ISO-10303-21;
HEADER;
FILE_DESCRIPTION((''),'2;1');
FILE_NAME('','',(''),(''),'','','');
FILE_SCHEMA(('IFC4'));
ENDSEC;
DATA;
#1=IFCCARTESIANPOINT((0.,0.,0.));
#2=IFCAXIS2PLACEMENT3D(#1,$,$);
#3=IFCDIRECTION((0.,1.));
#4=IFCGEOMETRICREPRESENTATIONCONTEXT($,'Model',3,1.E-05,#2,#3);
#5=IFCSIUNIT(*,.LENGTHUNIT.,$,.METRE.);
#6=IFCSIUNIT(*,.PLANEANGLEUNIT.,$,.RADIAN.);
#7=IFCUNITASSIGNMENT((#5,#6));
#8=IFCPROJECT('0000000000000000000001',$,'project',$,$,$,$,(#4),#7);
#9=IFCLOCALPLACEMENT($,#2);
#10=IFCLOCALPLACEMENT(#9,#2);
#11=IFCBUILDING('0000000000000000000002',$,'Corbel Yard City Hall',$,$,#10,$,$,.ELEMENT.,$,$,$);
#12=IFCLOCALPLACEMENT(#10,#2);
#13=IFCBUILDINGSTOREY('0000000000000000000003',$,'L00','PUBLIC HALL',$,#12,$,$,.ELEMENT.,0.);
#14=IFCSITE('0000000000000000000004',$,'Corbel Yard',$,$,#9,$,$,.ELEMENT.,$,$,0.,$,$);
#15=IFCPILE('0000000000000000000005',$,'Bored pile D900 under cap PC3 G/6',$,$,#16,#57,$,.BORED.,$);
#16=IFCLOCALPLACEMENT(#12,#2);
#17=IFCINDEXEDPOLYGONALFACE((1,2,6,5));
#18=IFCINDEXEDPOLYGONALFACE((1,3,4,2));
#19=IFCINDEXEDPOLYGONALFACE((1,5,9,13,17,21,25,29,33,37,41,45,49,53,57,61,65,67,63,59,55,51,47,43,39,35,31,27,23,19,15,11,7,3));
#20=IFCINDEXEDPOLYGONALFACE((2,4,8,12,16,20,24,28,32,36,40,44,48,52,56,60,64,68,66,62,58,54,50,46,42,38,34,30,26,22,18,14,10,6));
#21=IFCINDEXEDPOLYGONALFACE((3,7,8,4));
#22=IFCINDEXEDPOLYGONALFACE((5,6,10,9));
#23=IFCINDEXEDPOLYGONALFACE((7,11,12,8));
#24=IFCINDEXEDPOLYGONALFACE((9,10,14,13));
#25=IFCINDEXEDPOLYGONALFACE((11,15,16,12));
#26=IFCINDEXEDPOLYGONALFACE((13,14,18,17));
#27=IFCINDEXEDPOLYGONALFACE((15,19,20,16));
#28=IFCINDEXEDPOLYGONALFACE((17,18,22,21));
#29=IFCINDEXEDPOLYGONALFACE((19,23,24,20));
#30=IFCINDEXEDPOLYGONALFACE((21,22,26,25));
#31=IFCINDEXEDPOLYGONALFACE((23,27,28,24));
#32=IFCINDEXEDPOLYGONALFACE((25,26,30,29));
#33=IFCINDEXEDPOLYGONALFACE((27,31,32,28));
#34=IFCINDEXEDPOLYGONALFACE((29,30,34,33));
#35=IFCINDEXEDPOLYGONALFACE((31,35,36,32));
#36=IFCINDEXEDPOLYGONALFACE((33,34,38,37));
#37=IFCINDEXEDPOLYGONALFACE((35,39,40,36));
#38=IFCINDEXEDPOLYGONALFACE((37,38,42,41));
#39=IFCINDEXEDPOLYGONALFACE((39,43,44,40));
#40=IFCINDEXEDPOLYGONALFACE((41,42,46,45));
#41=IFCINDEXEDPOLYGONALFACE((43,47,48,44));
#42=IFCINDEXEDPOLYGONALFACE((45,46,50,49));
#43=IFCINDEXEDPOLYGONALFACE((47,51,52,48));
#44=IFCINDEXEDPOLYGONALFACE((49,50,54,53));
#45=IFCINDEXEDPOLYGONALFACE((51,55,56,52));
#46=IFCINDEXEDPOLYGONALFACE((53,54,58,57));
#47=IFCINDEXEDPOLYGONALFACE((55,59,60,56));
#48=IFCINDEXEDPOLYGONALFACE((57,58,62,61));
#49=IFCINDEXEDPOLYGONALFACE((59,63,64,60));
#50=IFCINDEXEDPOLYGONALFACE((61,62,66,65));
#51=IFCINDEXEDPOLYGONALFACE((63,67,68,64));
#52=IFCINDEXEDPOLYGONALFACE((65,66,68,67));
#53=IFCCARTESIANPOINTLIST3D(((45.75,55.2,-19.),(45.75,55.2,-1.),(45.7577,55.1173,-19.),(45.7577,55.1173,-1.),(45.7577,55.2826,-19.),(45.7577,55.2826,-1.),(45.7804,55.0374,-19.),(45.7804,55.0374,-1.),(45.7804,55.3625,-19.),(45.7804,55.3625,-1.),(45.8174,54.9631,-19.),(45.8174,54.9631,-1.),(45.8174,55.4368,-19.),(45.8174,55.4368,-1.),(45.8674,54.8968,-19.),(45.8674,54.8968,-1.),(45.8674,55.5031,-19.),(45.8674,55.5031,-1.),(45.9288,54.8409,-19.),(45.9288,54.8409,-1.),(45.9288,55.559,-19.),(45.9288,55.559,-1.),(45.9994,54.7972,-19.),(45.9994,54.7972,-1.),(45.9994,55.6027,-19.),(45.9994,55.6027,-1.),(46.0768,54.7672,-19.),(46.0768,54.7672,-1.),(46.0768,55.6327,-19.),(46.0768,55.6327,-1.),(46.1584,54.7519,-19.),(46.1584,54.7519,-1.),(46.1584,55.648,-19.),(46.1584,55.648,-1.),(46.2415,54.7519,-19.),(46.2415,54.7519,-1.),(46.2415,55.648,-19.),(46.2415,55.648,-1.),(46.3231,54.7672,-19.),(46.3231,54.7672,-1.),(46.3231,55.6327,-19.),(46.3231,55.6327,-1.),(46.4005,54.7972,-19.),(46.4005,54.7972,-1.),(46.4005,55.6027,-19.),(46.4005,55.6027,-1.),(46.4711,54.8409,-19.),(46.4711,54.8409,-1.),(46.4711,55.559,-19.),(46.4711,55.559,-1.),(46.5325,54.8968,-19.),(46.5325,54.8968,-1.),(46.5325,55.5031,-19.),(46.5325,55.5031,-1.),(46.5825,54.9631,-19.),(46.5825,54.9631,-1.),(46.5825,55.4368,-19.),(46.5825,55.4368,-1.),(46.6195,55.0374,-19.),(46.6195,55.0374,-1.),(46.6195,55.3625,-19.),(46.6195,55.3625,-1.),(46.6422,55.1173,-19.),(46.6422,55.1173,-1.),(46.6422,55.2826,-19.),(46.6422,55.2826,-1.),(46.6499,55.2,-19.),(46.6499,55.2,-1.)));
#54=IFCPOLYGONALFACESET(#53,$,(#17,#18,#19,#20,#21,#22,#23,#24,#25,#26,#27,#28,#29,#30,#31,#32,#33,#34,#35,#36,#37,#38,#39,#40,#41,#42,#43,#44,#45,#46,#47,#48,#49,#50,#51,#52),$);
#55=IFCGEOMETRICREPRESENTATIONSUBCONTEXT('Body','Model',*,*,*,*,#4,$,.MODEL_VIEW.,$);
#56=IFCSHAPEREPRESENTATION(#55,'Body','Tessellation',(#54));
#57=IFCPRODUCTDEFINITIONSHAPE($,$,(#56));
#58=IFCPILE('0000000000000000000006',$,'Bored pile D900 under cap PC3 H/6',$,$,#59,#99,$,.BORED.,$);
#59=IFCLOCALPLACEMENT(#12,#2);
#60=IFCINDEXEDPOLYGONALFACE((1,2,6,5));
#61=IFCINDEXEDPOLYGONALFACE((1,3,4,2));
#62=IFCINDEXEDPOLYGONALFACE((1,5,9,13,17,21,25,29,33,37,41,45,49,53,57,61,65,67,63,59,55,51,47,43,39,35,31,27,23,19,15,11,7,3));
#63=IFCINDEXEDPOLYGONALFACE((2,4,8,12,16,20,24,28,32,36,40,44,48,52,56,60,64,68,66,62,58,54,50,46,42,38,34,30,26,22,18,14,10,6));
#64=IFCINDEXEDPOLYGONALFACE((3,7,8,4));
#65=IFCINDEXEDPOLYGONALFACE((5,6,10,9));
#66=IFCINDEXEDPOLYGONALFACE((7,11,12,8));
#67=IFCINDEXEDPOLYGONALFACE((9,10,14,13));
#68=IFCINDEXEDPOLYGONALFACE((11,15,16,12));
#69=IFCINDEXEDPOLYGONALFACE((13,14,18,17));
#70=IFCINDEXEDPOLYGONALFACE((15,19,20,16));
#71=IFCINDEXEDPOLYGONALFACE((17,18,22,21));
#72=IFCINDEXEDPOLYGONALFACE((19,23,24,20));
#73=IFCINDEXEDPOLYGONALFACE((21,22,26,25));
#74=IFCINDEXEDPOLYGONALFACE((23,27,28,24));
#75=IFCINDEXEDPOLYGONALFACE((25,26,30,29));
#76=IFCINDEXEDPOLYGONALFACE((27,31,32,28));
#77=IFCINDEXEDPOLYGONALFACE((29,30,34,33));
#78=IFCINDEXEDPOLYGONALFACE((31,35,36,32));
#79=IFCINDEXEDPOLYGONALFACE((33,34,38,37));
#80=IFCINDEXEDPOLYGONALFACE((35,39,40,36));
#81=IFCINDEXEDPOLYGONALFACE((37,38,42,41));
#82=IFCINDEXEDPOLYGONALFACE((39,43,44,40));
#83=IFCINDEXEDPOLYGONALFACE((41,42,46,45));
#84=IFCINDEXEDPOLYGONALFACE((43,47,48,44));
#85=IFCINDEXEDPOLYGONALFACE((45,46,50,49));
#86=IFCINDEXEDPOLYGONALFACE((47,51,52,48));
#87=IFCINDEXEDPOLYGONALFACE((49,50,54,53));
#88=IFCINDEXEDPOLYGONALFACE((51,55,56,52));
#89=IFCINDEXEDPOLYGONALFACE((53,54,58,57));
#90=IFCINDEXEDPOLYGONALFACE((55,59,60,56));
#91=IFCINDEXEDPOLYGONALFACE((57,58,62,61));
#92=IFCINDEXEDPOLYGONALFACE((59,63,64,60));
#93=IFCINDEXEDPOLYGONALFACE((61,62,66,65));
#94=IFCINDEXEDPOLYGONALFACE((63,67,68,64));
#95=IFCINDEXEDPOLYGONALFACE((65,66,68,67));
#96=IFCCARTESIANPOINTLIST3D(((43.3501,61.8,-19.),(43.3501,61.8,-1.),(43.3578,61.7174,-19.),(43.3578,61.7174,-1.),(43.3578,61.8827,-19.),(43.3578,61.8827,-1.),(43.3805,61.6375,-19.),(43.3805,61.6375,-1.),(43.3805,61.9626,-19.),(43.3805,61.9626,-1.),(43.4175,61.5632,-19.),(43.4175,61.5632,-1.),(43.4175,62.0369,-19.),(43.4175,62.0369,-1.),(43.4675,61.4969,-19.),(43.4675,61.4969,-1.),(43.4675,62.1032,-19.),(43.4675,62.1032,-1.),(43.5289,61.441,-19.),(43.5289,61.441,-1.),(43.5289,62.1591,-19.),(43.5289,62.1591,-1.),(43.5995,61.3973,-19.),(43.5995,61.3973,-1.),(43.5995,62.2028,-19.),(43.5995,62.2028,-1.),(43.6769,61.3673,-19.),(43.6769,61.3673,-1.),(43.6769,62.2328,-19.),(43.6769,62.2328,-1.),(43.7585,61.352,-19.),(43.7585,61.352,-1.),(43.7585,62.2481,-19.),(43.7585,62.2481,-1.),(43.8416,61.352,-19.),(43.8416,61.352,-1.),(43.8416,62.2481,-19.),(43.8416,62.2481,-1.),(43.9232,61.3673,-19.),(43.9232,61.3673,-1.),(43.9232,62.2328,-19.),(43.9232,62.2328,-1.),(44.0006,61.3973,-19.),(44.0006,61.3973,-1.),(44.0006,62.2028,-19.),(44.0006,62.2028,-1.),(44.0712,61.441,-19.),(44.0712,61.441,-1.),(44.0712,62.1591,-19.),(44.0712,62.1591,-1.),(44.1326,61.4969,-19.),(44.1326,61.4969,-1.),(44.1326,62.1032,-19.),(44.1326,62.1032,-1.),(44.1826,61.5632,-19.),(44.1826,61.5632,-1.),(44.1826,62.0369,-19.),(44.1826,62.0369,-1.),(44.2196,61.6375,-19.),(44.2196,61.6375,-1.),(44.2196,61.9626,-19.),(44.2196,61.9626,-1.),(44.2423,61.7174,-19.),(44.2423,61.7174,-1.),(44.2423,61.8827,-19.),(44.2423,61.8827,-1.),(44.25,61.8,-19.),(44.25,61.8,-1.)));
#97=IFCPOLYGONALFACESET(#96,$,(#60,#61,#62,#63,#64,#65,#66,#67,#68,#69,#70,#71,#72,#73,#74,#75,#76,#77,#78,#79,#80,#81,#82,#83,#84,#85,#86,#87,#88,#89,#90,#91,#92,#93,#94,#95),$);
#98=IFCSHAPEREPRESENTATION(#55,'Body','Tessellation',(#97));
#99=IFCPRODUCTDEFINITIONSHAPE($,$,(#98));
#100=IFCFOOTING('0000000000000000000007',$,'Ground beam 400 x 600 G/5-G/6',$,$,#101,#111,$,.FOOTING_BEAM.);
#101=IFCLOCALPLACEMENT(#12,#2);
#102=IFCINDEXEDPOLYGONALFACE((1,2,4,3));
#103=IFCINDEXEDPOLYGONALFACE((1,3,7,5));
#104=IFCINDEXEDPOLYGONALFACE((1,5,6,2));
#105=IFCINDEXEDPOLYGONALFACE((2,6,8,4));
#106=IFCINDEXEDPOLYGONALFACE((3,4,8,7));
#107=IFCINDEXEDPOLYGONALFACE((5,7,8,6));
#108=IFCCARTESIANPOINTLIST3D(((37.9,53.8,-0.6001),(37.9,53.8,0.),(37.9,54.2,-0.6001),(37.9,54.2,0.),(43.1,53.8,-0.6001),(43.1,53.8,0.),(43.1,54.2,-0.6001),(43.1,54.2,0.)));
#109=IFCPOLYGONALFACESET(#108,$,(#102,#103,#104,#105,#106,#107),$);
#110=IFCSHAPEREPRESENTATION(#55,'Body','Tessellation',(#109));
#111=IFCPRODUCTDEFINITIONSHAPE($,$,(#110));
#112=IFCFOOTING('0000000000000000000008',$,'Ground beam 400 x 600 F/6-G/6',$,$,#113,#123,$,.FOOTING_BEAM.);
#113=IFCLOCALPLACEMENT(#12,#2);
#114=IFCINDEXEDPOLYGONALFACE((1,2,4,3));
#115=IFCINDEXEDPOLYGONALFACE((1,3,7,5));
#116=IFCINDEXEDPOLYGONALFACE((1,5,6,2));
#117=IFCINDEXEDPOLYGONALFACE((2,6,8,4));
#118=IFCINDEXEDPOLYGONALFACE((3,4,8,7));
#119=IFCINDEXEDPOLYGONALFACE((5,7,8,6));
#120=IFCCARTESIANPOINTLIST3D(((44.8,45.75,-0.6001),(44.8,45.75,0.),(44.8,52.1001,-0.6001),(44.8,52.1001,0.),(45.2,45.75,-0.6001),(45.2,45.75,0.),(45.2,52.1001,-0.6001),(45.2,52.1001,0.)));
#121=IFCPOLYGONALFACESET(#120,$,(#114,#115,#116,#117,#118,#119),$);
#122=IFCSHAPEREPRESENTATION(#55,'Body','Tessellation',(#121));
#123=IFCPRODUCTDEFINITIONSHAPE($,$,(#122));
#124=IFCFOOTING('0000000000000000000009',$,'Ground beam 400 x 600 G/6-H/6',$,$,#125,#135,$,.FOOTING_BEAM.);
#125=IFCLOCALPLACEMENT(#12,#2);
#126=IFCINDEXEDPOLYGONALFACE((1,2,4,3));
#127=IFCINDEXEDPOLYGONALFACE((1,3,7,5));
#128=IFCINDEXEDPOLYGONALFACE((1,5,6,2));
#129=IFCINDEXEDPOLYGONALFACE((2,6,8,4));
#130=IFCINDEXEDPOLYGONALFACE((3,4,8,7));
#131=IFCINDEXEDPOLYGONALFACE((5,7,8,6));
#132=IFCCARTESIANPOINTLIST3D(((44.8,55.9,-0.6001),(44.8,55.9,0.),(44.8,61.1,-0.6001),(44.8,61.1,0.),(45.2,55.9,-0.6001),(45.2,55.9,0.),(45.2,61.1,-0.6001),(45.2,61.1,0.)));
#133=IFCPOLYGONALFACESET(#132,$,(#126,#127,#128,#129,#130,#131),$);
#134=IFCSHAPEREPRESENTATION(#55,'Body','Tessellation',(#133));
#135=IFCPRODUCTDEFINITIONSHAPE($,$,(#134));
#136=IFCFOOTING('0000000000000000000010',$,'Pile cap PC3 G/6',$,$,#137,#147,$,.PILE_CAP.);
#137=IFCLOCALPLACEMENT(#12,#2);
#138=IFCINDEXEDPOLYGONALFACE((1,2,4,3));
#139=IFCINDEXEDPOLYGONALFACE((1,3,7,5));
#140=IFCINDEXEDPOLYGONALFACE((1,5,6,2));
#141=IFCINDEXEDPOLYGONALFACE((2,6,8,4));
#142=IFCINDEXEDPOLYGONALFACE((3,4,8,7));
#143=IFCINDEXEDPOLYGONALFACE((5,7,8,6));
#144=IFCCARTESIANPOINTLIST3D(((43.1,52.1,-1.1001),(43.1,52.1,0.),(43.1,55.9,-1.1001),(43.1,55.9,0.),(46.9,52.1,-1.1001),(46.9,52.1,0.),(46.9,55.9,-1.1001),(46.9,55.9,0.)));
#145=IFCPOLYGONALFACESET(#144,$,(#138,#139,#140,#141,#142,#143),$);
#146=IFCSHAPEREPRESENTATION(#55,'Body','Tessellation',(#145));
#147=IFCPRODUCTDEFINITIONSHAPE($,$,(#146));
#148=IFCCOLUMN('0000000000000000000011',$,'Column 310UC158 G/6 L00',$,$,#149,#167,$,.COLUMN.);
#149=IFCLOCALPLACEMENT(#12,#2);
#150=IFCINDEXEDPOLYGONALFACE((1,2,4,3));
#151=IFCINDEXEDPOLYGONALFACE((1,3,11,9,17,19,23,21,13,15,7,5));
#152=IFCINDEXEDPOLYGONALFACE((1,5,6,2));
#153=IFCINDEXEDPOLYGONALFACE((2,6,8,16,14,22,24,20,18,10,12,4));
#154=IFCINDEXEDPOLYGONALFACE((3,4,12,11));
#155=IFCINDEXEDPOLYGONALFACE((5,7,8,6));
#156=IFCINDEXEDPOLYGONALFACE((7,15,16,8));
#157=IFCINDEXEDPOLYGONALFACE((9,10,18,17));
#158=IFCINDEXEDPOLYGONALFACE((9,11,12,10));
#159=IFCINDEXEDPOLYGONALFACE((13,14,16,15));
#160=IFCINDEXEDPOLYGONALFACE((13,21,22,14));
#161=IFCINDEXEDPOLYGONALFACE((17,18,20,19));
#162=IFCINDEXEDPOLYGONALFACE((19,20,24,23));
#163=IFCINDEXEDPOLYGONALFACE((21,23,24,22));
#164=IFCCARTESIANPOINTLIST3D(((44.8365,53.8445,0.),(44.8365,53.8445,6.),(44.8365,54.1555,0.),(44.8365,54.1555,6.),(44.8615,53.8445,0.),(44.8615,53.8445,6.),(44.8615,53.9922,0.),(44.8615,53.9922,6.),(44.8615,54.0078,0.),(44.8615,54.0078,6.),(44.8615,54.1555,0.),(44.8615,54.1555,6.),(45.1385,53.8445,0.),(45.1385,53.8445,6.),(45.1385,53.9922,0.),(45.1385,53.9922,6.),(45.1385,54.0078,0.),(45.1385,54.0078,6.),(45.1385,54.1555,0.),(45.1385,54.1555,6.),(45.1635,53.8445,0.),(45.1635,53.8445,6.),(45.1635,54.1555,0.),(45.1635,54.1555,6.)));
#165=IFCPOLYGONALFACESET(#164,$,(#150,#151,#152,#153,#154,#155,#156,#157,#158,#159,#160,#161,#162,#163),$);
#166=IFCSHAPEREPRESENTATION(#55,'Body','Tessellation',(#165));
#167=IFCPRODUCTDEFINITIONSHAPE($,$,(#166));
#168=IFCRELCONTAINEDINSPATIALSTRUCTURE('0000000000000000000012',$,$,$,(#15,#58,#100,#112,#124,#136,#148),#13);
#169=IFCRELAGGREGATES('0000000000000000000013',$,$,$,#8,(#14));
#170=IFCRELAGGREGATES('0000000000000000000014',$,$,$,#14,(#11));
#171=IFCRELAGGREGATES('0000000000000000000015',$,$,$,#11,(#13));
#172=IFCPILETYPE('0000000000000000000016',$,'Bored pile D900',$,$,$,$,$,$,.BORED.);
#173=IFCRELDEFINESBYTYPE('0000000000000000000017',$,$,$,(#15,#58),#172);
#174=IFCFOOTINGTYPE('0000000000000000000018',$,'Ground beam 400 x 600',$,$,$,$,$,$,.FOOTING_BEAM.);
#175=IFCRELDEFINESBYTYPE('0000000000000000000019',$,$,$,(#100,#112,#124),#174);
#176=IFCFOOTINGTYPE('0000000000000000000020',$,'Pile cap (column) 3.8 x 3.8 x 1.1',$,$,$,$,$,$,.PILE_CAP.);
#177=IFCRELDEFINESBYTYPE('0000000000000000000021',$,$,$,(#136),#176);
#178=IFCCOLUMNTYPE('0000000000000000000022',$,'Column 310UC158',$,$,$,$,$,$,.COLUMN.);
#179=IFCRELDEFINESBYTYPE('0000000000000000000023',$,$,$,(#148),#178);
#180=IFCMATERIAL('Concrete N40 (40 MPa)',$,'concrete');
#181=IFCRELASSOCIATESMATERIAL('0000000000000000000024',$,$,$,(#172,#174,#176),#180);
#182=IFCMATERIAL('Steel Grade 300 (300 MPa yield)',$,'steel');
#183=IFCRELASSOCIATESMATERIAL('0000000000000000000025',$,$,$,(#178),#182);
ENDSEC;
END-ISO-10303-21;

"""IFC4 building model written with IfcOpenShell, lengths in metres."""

from ifc_helpers import new_model, si_unit, direction, frame, origin, origin_2d, place, context, subcontext, project, spatial, rectangle, circle, i_section, extrude, material, material_profile, profile_set, type_object, element, save


model = new_model("IFC4")

# Units and contexts
model_context = context("Model", 3, precision=1e-05, world=origin(), true_north=direction((0.0, 1.0)))
body_context = subcontext(model_context, "Body", "Model", "MODEL_VIEW")
ifc_project = project(units=[si_unit("LENGTHUNIT", "METRE"), si_unit("PLANEANGLEUNIT", "RADIAN")], contexts=[model_context])

# Site, building, storey
site_placement = place(None, origin())
site = spatial("IfcSite", under=ifc_project, at=site_placement, Name="Corbel Yard", CompositionType="ELEMENT", RefElevation=0.0)
building_placement = place(site_placement, origin())
building = spatial("IfcBuilding", under=site, at=building_placement, Name="Corbel Yard City Hall", CompositionType="ELEMENT")
storey_placement = place(building_placement, origin())
storey = spatial("IfcBuildingStorey", under=building, at=storey_placement, Name="L00", Description="PUBLIC HALL", CompositionType="ELEMENT", Elevation=0.0)

# Piles
ifc_material_1 = material(Name="Concrete N40 (40 MPa)", Category="concrete")
ifc_material_profile_1 = material_profile(ifc_material_1, circle(Radius=0.45, at=origin_2d()), Name="D900")
ifc_profile_set_1 = profile_set([ifc_material_profile_1], Name="Concrete N40 (40 MPa)")
pile_type_1 = type_object("IfcPileType", Name="Bored pile D900", PredefinedType="BORED", material=ifc_profile_set_1)
for number, where, z_axis, x_axis, name in (
    (1, (46.2, 55.2, -1.0), (0.0, 0.0, -1.0), (1.0, 0.0, 0.0), "Bored pile D900 under cap PC3 G/6"),
    (2, (43.8, 61.8, -1.0), (0.0, 0.0, -1.0), (1.0, 0.0, 0.0), "Bored pile D900 under cap PC3 H/6"),
):
    element("IfcPile", number, at=place(storey_placement, frame(where, z_axis=z_axis, x_axis=x_axis)), inside=storey, type_object=pile_type_1, Name=name, PredefinedType="BORED", context=body_context, shape_type="SweptSolid", body=[
        extrude(circle(Radius=0.45, at=origin_2d()), origin(), (0.0, 0.0, 1.0), 18.0),
    ])

# Footings
footing_type_1 = type_object("IfcFootingType", Name="Ground beam 400 x 600", PredefinedType="FOOTING_BEAM", material=ifc_material_1)
footing_1_placement = place(storey_placement, frame((40.5, 54.0, -0.6001), z_axis=(0.0, 0.0, 1.0), x_axis=(1.0, 0.0, 0.0)))
element("IfcFooting", 3, at=footing_1_placement, inside=storey, type_object=footing_type_1, Name="Ground beam 400 x 600 G/5-G/6", PredefinedType="FOOTING_BEAM", context=body_context, shape_type="SweptSolid", body=[
    extrude(rectangle(XDim=5.2, YDim=0.3999, at=origin_2d()), origin(), (0.0, 0.0, 1.0), 0.6001),
])
footing_2_placement = place(storey_placement, frame((45.0, 48.925, -0.6001), z_axis=(0.0, 0.0, 1.0), x_axis=(1.0, 0.0, 0.0)))
element("IfcFooting", 4, at=footing_2_placement, inside=storey, type_object=footing_type_1, Name="Ground beam 400 x 600 F/6-G/6", PredefinedType="FOOTING_BEAM", context=body_context, shape_type="SweptSolid", body=[
    extrude(rectangle(XDim=0.3999, YDim=6.3501, at=origin_2d()), origin(), (0.0, 0.0, 1.0), 0.6001),
])
footing_3_placement = place(storey_placement, frame((45.0, 58.5, -0.6001), z_axis=(0.0, 0.0, 1.0), x_axis=(1.0, 0.0, 0.0)))
element("IfcFooting", 5, at=footing_3_placement, inside=storey, type_object=footing_type_1, Name="Ground beam 400 x 600 G/6-H/6", PredefinedType="FOOTING_BEAM", context=body_context, shape_type="SweptSolid", body=[
    extrude(rectangle(XDim=0.3999, YDim=5.2, at=origin_2d()), origin(), (0.0, 0.0, 1.0), 0.6001),
])
footing_type_2 = type_object("IfcFootingType", Name="Pile cap (column) 3.8 x 3.8 x 1.1", PredefinedType="PILE_CAP", material=ifc_material_1)
footing_4_placement = place(storey_placement, frame((45.0, 54.0, -1.1001), z_axis=(0.0, 0.0, 1.0), x_axis=(1.0, 0.0, 0.0)))
element("IfcFooting", 6, at=footing_4_placement, inside=storey, type_object=footing_type_2, Name="Pile cap PC3 G/6", PredefinedType="PILE_CAP", context=body_context, shape_type="SweptSolid", body=[
    extrude(rectangle(XDim=3.8, YDim=3.8, at=origin_2d()), origin(), (0.0, 0.0, 1.0), 1.1001),
])

# Column
ifc_material_2 = material(Name="Steel Grade 300 (300 MPa yield)", Category="steel")
ifc_material_profile_2 = material_profile(ifc_material_2, i_section(OverallWidth=0.311, OverallDepth=0.3269, WebThickness=0.0156, FlangeThickness=0.0249, at=origin_2d()), Name="310UC158")
ifc_profile_set_2 = profile_set([ifc_material_profile_2], Name="Steel Grade 300 (300 MPa yield)")
column_type = type_object("IfcColumnType", Name="Column 310UC158", PredefinedType="COLUMN", material=ifc_profile_set_2)
column_placement = place(storey_placement, frame((45.0, 54.0, 0.0), z_axis=(0.0, 0.0, 1.0), x_axis=(0.0, 1.0, 0.0)))
element("IfcColumn", 7, at=column_placement, inside=storey, type_object=column_type, Name="Column 310UC158 G/6 L00", PredefinedType="COLUMN", context=body_context, shape_type="SweptSolid", body=[
    extrude(i_section(OverallWidth=0.311, OverallDepth=0.3269, WebThickness=0.0156, FlangeThickness=0.0249, at=origin_2d()), origin(), (0.0, 0.0, 1.0), 6.0),
])

save(model, "model.ifc")
